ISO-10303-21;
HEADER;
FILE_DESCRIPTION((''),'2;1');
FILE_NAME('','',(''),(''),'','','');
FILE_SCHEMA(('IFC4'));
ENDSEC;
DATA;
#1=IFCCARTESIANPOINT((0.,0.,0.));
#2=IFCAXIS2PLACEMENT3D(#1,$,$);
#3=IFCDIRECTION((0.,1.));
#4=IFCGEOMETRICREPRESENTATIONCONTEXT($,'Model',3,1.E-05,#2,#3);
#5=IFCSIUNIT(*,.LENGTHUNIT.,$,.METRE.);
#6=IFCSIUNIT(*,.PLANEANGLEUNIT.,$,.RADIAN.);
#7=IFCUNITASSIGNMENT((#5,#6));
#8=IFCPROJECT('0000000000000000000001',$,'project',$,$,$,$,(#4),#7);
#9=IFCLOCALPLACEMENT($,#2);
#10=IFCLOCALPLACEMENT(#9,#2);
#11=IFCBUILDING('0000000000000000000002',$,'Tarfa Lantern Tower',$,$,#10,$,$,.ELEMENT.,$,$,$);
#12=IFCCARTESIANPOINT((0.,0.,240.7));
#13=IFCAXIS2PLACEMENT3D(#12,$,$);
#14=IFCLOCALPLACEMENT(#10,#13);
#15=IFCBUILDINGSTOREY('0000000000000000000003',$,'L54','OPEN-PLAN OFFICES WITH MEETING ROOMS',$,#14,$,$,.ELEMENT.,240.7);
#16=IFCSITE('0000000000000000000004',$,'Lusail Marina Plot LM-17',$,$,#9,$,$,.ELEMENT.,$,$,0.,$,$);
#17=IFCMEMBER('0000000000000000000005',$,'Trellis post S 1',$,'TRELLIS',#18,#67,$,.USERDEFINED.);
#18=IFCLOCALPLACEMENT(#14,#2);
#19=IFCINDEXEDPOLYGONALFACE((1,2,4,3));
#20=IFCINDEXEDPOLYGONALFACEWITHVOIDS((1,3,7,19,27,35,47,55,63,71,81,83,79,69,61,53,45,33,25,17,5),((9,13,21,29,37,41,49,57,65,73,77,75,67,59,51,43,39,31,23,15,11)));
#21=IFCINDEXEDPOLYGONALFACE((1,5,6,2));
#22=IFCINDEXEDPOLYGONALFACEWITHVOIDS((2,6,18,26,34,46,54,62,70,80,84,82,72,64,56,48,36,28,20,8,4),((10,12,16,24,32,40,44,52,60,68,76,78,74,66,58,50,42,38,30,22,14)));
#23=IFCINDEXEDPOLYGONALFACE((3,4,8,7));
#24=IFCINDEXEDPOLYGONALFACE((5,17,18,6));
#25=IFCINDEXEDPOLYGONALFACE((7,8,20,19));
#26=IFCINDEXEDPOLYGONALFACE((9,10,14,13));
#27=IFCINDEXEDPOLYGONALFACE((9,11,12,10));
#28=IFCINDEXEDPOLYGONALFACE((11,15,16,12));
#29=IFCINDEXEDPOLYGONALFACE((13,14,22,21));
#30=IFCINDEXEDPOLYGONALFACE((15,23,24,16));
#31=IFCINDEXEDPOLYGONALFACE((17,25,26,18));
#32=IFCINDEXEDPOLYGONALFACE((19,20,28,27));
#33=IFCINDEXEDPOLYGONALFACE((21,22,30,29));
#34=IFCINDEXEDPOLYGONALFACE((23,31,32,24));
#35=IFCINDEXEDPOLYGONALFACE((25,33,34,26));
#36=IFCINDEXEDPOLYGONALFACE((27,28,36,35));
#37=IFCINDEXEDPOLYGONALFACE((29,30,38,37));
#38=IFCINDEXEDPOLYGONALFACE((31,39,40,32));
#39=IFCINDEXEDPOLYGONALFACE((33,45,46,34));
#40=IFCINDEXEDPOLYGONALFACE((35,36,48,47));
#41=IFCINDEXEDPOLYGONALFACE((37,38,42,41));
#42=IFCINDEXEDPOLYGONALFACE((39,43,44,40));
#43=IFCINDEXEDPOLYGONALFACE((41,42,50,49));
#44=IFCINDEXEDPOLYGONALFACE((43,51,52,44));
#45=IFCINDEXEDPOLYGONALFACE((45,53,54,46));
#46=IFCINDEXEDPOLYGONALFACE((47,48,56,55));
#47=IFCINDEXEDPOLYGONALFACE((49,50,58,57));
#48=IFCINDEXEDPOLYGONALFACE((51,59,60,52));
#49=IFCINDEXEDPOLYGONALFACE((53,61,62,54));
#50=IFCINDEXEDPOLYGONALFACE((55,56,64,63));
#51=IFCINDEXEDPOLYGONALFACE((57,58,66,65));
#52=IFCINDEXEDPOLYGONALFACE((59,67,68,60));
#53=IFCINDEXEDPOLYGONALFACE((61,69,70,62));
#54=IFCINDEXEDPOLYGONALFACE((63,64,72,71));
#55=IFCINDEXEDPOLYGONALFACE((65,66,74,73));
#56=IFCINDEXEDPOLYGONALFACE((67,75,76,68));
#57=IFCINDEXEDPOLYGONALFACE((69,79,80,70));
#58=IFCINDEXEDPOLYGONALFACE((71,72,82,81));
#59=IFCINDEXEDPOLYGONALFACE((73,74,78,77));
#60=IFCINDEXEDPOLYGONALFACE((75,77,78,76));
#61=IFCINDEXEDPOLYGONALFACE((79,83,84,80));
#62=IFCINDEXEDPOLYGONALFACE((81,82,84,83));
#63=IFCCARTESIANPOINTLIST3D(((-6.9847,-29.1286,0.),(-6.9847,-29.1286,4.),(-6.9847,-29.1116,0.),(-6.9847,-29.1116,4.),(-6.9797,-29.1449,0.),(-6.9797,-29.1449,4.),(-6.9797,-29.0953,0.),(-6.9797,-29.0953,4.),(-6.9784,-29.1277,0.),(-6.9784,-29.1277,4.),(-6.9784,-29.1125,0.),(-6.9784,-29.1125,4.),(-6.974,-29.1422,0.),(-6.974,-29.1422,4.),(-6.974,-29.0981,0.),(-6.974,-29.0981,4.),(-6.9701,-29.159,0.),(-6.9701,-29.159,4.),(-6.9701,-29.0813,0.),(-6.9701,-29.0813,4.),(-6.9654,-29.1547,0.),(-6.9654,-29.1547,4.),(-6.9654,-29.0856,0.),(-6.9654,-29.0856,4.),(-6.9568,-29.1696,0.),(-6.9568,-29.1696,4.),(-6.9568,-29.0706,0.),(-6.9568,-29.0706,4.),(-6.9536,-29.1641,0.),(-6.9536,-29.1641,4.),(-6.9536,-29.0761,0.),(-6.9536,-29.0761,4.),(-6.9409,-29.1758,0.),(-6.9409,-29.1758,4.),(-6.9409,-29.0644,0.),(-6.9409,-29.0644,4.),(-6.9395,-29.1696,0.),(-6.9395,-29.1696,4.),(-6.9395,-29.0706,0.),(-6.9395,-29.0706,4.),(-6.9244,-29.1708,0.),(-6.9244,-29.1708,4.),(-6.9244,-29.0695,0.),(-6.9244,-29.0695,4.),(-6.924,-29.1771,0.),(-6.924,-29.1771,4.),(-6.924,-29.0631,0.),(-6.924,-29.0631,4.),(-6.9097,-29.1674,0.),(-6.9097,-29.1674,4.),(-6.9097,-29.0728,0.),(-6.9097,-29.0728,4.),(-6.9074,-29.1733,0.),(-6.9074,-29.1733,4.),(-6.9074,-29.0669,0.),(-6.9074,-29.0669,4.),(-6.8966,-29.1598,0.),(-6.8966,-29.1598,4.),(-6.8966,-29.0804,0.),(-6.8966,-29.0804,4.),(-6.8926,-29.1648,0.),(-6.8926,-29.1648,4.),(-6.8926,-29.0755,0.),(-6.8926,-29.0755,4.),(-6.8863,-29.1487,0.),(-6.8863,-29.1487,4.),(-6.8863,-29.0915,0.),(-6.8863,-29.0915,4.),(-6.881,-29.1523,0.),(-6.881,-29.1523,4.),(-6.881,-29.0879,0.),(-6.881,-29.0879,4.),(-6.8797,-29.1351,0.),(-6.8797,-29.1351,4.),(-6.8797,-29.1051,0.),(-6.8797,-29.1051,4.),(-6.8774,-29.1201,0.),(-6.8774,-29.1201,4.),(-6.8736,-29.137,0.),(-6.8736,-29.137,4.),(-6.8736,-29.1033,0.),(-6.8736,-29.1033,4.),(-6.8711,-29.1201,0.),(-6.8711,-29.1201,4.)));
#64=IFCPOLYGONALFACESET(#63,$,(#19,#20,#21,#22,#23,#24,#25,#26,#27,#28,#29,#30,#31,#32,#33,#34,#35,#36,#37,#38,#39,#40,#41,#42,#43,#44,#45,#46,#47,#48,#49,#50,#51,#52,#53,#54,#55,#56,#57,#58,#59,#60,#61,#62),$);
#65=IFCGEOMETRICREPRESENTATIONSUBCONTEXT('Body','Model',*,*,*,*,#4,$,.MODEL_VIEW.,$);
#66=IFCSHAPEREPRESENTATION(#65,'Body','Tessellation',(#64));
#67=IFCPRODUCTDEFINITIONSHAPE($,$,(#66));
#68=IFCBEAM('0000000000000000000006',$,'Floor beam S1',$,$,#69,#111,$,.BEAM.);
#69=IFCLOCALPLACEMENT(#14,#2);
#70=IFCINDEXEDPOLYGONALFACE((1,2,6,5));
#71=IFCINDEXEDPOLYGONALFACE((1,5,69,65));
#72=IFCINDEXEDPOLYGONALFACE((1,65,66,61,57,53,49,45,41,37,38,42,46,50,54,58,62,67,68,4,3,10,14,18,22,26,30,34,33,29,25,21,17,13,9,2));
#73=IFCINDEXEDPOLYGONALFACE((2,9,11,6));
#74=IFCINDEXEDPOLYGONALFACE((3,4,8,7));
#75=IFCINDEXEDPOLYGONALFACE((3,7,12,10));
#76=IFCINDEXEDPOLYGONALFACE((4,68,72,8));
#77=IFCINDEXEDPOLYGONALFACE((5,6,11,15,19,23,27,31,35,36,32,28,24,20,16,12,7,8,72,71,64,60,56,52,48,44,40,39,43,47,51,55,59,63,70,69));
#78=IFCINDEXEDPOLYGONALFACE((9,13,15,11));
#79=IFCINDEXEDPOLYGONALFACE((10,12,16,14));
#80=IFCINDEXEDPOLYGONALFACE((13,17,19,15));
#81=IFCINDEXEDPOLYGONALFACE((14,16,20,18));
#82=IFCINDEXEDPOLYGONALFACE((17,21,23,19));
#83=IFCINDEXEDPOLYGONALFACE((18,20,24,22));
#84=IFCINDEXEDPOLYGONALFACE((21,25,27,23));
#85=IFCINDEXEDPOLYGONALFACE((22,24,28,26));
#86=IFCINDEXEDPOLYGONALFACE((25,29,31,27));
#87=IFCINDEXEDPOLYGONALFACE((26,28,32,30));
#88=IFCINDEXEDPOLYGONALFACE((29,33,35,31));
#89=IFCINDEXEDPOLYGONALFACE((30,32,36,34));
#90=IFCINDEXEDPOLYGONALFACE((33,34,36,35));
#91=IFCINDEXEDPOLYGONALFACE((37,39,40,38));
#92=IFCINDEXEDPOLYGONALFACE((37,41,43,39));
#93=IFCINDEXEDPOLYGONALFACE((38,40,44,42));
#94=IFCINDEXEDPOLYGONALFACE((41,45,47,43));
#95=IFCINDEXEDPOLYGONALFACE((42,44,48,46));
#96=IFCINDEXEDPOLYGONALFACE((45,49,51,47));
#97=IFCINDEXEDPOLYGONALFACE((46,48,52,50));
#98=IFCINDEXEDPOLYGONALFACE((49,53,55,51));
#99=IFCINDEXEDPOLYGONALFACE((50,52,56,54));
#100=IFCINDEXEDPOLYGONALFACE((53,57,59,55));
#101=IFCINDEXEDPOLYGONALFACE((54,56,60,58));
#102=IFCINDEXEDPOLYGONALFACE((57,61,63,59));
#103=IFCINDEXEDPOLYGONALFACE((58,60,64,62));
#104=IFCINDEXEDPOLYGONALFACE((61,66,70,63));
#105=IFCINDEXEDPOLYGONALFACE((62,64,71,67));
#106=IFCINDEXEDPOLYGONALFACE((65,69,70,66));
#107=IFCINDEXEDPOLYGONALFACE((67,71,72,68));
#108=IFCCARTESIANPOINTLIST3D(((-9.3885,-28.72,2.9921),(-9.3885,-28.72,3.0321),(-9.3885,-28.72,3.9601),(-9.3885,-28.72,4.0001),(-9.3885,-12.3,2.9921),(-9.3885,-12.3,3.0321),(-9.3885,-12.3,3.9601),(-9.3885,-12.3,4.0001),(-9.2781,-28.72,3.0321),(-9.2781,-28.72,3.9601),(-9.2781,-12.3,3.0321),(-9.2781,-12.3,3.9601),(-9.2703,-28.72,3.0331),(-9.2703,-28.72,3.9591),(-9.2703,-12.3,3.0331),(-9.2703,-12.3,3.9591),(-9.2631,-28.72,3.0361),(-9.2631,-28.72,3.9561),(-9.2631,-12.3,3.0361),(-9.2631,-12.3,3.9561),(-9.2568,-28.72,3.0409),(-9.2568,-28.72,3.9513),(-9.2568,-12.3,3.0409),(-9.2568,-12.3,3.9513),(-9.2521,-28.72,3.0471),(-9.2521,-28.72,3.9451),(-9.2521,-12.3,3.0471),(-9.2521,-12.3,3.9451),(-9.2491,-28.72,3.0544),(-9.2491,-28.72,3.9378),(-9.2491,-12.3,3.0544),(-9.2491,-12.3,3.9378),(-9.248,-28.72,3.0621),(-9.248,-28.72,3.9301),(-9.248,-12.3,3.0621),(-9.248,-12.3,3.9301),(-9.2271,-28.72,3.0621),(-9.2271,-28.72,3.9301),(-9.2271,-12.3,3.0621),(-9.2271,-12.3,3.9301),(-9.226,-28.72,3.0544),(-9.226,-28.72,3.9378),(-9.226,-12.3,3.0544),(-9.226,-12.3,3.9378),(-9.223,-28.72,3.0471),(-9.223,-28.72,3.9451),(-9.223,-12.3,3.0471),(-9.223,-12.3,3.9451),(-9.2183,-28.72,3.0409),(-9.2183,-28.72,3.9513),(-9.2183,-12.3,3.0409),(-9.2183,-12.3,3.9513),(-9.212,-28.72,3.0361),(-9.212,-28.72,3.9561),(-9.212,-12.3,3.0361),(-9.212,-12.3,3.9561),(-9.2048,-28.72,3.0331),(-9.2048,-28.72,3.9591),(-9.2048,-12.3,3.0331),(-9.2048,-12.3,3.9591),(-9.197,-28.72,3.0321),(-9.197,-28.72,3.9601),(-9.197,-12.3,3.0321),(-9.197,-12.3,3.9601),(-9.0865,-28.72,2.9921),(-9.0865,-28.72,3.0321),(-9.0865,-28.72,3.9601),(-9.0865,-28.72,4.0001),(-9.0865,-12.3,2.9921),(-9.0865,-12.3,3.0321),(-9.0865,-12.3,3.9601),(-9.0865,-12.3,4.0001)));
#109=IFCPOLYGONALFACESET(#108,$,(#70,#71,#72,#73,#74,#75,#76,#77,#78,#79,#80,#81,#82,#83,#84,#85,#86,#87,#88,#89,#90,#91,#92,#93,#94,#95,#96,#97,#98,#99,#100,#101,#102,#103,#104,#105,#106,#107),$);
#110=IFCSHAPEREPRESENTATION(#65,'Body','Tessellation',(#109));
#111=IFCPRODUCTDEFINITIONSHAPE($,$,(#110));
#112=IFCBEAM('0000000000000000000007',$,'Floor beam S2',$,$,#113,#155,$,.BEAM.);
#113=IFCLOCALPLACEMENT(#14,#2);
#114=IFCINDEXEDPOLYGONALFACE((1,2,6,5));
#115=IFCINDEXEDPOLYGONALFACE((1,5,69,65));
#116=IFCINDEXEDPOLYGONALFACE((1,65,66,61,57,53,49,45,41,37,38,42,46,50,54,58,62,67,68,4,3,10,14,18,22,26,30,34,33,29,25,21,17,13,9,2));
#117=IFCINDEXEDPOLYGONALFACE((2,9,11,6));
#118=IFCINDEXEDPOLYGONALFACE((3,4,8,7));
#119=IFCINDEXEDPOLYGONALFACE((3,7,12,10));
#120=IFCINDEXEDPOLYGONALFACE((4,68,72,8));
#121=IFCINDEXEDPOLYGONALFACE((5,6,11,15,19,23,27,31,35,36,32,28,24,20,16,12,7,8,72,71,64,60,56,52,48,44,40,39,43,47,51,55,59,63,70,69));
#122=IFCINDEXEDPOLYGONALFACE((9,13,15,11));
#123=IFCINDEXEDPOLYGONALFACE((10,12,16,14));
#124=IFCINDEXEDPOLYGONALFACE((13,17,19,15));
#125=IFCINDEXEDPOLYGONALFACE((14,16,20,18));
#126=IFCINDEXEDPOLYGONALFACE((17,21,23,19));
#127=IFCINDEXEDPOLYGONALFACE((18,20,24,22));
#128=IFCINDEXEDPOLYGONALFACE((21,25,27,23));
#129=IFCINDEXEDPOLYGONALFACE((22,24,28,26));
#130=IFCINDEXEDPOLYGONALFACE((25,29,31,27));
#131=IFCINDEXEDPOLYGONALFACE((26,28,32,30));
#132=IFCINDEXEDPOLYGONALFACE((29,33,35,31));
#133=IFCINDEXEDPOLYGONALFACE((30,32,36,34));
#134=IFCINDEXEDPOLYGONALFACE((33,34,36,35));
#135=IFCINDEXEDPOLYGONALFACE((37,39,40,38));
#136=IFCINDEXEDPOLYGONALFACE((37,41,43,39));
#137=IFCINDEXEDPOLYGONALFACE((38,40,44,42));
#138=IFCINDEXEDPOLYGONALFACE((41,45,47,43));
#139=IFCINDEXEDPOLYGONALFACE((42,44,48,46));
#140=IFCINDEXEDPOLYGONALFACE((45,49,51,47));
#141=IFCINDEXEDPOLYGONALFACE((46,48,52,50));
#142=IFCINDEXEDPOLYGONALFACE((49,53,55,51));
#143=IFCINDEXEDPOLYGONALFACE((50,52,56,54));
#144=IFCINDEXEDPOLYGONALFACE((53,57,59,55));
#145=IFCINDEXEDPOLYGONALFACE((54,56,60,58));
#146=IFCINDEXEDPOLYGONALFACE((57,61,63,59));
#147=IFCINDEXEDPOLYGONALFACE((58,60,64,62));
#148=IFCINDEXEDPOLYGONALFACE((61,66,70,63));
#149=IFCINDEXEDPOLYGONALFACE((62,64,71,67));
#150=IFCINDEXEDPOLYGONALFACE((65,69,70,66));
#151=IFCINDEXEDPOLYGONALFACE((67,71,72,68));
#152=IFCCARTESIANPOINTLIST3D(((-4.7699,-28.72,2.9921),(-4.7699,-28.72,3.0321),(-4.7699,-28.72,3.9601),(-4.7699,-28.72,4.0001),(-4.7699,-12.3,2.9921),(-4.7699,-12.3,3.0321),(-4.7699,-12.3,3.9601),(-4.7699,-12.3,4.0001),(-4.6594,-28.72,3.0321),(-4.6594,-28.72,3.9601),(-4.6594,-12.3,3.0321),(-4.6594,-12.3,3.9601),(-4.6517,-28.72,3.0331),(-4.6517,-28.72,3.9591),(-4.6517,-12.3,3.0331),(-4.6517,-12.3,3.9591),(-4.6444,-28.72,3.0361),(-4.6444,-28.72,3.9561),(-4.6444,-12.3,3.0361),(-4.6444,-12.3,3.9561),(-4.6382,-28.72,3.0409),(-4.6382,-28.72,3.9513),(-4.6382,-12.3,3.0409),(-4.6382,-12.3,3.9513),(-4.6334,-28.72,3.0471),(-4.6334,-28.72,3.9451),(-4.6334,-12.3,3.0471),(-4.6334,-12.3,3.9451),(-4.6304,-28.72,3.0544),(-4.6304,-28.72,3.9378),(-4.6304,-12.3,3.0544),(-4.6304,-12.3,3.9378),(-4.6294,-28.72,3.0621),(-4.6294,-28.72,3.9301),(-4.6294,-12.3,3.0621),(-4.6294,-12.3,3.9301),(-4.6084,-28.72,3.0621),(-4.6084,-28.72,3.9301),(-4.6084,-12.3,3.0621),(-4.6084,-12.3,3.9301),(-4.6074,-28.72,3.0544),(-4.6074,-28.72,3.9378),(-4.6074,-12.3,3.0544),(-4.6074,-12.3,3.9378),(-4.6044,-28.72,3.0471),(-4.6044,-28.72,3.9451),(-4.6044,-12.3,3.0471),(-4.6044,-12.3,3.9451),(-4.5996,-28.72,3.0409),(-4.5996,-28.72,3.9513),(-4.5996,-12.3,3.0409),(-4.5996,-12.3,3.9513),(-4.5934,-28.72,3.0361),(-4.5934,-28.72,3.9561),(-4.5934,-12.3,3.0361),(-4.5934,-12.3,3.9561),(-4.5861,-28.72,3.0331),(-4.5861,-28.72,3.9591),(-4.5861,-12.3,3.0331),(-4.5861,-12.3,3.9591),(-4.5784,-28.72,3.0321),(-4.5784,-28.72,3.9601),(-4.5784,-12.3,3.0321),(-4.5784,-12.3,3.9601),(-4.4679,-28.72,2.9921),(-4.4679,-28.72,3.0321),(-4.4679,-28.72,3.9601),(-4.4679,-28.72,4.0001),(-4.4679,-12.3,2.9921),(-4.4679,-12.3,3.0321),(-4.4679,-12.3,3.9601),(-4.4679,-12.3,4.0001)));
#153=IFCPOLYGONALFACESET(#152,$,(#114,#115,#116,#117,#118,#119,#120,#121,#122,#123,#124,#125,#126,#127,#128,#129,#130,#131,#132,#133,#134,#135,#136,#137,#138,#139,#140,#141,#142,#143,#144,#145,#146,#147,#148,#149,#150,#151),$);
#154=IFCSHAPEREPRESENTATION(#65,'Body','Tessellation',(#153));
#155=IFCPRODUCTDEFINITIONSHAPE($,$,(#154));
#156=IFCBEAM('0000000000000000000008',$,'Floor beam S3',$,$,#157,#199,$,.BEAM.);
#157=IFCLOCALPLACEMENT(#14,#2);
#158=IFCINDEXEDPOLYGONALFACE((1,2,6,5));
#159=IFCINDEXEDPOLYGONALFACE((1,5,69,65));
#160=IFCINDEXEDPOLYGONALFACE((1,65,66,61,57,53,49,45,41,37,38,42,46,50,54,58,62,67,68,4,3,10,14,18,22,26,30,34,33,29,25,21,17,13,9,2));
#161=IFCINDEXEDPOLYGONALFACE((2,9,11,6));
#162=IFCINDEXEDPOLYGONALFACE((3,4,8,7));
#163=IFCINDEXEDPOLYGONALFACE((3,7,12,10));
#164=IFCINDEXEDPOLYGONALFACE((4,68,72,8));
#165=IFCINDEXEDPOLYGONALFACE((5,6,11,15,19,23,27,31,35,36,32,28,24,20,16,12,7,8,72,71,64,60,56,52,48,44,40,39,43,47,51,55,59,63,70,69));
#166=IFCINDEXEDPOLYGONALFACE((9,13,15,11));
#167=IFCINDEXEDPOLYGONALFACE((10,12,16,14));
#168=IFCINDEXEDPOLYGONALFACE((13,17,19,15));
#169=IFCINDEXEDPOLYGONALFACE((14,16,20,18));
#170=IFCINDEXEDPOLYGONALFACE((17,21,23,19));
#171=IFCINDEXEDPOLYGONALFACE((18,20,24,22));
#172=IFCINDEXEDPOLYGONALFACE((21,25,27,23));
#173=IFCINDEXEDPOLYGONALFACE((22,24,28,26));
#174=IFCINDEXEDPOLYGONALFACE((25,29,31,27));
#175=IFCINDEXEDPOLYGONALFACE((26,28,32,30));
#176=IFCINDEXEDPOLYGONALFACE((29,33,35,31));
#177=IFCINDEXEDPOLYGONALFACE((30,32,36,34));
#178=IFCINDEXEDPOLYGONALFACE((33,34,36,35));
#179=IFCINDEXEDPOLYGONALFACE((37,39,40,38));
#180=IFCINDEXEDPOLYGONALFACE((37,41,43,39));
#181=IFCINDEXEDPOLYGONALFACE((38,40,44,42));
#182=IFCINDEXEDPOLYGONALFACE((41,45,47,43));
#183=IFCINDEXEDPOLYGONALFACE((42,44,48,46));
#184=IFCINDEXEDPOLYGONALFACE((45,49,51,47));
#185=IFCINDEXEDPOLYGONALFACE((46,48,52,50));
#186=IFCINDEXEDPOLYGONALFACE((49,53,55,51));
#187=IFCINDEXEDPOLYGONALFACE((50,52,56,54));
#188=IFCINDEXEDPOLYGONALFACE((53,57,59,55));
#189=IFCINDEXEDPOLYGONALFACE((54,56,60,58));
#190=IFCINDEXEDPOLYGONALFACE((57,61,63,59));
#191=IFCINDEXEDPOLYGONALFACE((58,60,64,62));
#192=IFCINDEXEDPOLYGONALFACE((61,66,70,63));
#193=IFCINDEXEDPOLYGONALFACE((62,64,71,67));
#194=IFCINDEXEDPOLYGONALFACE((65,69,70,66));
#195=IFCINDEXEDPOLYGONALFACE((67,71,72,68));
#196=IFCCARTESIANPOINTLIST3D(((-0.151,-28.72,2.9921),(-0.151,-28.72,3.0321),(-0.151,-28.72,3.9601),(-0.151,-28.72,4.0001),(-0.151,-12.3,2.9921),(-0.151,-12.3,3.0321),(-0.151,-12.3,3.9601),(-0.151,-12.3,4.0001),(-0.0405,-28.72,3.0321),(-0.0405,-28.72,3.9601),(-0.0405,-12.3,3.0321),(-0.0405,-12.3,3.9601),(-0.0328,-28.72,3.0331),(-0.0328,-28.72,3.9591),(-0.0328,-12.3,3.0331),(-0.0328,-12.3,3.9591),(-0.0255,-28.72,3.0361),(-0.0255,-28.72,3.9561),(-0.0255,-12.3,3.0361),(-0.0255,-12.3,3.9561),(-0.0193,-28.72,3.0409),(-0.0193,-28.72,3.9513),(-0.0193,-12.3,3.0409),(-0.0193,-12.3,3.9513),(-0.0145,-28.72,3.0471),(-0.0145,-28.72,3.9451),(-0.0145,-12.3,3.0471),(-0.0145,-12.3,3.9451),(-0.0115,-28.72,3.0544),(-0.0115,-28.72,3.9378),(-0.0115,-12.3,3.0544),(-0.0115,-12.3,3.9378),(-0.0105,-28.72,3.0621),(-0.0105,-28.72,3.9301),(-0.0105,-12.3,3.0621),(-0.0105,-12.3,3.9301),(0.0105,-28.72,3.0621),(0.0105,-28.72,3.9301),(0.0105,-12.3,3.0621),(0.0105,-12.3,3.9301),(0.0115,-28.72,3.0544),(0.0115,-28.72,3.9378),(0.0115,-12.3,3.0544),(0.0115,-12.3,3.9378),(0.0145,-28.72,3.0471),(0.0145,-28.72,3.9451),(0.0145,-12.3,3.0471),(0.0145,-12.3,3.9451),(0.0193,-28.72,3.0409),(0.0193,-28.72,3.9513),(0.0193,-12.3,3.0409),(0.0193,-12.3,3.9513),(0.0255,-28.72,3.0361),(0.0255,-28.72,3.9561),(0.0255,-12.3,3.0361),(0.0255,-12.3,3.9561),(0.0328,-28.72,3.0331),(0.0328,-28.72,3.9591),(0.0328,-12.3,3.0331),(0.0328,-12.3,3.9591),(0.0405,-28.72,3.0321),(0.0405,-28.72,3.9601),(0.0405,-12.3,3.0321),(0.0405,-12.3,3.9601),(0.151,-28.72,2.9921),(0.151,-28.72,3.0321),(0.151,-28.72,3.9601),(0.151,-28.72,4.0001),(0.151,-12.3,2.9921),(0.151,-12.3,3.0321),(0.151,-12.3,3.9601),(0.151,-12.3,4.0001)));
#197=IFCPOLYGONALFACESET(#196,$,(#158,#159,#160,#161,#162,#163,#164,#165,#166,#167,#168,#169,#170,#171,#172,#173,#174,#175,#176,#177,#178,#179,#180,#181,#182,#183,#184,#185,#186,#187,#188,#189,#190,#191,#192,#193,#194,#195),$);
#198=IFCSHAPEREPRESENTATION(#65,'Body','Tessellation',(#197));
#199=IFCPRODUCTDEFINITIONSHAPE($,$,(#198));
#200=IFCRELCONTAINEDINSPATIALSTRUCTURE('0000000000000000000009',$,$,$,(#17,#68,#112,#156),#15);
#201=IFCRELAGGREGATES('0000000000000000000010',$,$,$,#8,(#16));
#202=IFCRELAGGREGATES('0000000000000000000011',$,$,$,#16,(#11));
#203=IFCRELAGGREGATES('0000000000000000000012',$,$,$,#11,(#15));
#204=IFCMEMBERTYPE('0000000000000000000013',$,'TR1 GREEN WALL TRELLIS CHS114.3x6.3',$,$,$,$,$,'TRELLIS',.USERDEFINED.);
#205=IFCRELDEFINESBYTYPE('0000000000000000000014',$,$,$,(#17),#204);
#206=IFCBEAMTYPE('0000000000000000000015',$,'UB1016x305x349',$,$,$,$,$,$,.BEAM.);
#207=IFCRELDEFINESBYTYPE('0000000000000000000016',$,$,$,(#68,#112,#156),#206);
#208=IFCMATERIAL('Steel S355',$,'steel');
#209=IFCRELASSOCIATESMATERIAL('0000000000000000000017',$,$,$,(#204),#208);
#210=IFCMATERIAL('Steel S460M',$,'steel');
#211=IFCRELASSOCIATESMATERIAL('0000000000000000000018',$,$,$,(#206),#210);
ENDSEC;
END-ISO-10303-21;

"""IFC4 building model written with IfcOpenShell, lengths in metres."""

from ifc_helpers import new_model, si_unit, direction, frame, origin, origin_2d, place, context, subcontext, project, spatial, hollow_circle, i_section, extrude, material, material_profile, profile_set, type_object, element, save


model = new_model("IFC4")

# Units and contexts
model_context = context("Model", 3, precision=1e-05, world=origin(), true_north=direction((0.0, 1.0)))
body_context = subcontext(model_context, "Body", "Model", "MODEL_VIEW")
ifc_project = project(units=[si_unit("LENGTHUNIT", "METRE"), si_unit("PLANEANGLEUNIT", "RADIAN")], contexts=[model_context])

# Site, building, storey
site_placement = place(None, origin())
site = spatial("IfcSite", under=ifc_project, at=site_placement, Name="Lusail Marina Plot LM-17", CompositionType="ELEMENT", RefElevation=0.0)
building_placement = place(site_placement, origin())
building = spatial("IfcBuilding", under=site, at=building_placement, Name="Tarfa Lantern Tower", CompositionType="ELEMENT")
storey_placement = place(building_placement, frame((0.0, 0.0, 240.7)))
storey = spatial("IfcBuildingStorey", under=building, at=storey_placement, Name="L54", Description="OPEN-PLAN OFFICES WITH MEETING ROOMS", CompositionType="ELEMENT", Elevation=240.7)

# Member
ifc_material_1 = material(Name="Steel S355", Category="steel")
ifc_material_profile_1 = material_profile(ifc_material_1, hollow_circle(Radius=0.0571, WallThickness=0.0063, at=origin_2d()), Name="CHS114.3x6.3")
ifc_profile_set_1 = profile_set([ifc_material_profile_1], Name="Steel S355")
member_type_1 = type_object("IfcMemberType", Name="TR1 GREEN WALL TRELLIS CHS114.3x6.3", ElementType="TRELLIS", PredefinedType="USERDEFINED", material=ifc_profile_set_1)
member_1_placement = place(storey_placement, frame((-6.9282, -29.1201, 0.0), z_axis=(0.0, 0.0, 1.0), x_axis=(1.0, 0.0, 0.0)))
element("IfcMember", 1, at=member_1_placement, inside=storey, type_object=member_type_1, Name="Trellis post S 1", ObjectType="TRELLIS", PredefinedType="USERDEFINED", context=body_context, shape_type="SweptSolid", body=[
    extrude(hollow_circle(Radius=0.0571, WallThickness=0.0063, at=origin_2d()), origin(), (0.0, 0.0, 1.0), 4.0),
])

# Beams
ifc_material_2 = material(Name="Steel S460M", Category="steel")
ifc_material_profile_2 = material_profile(ifc_material_2, i_section(OverallWidth=0.302, OverallDepth=1.0081, WebThickness=0.021, FlangeThickness=0.04, FilletRadius=0.03, at=origin_2d()), Name="UB1016x305x349")
ifc_profile_set_2 = profile_set([ifc_material_profile_2], Name="Steel S460M")
beam_type_1 = type_object("IfcBeamType", Name="UB1016x305x349", PredefinedType="BEAM", material=ifc_profile_set_2)
for number, where, z_axis, x_axis, name in (
    (2, (-9.2375, -28.72, 3.4961), (0.0, 1.0, 0.0), (-1.0, 0.0, 0.0), "Floor beam S1"),
    (3, (-4.6189, -28.72, 3.4961), (0.0, 1.0, 0.0), (-1.0, 0.0, 0.0), "Floor beam S2"),
    (4, (0.0, -28.72, 3.4961), (0.0, 1.0, 0.0), (-1.0, 0.0, 0.0), "Floor beam S3"),
):
    element("IfcBeam", number, at=place(storey_placement, frame(where, z_axis=z_axis, x_axis=x_axis)), inside=storey, type_object=beam_type_1, Name=name, PredefinedType="BEAM", context=body_context, shape_type="SweptSolid", body=[
        extrude(i_section(OverallWidth=0.302, OverallDepth=1.0081, WebThickness=0.021, FlangeThickness=0.04, FilletRadius=0.03, at=origin_2d()), origin(), (0.0, 0.0, 1.0), 16.4199),
    ])

save(model, "model.ifc")
